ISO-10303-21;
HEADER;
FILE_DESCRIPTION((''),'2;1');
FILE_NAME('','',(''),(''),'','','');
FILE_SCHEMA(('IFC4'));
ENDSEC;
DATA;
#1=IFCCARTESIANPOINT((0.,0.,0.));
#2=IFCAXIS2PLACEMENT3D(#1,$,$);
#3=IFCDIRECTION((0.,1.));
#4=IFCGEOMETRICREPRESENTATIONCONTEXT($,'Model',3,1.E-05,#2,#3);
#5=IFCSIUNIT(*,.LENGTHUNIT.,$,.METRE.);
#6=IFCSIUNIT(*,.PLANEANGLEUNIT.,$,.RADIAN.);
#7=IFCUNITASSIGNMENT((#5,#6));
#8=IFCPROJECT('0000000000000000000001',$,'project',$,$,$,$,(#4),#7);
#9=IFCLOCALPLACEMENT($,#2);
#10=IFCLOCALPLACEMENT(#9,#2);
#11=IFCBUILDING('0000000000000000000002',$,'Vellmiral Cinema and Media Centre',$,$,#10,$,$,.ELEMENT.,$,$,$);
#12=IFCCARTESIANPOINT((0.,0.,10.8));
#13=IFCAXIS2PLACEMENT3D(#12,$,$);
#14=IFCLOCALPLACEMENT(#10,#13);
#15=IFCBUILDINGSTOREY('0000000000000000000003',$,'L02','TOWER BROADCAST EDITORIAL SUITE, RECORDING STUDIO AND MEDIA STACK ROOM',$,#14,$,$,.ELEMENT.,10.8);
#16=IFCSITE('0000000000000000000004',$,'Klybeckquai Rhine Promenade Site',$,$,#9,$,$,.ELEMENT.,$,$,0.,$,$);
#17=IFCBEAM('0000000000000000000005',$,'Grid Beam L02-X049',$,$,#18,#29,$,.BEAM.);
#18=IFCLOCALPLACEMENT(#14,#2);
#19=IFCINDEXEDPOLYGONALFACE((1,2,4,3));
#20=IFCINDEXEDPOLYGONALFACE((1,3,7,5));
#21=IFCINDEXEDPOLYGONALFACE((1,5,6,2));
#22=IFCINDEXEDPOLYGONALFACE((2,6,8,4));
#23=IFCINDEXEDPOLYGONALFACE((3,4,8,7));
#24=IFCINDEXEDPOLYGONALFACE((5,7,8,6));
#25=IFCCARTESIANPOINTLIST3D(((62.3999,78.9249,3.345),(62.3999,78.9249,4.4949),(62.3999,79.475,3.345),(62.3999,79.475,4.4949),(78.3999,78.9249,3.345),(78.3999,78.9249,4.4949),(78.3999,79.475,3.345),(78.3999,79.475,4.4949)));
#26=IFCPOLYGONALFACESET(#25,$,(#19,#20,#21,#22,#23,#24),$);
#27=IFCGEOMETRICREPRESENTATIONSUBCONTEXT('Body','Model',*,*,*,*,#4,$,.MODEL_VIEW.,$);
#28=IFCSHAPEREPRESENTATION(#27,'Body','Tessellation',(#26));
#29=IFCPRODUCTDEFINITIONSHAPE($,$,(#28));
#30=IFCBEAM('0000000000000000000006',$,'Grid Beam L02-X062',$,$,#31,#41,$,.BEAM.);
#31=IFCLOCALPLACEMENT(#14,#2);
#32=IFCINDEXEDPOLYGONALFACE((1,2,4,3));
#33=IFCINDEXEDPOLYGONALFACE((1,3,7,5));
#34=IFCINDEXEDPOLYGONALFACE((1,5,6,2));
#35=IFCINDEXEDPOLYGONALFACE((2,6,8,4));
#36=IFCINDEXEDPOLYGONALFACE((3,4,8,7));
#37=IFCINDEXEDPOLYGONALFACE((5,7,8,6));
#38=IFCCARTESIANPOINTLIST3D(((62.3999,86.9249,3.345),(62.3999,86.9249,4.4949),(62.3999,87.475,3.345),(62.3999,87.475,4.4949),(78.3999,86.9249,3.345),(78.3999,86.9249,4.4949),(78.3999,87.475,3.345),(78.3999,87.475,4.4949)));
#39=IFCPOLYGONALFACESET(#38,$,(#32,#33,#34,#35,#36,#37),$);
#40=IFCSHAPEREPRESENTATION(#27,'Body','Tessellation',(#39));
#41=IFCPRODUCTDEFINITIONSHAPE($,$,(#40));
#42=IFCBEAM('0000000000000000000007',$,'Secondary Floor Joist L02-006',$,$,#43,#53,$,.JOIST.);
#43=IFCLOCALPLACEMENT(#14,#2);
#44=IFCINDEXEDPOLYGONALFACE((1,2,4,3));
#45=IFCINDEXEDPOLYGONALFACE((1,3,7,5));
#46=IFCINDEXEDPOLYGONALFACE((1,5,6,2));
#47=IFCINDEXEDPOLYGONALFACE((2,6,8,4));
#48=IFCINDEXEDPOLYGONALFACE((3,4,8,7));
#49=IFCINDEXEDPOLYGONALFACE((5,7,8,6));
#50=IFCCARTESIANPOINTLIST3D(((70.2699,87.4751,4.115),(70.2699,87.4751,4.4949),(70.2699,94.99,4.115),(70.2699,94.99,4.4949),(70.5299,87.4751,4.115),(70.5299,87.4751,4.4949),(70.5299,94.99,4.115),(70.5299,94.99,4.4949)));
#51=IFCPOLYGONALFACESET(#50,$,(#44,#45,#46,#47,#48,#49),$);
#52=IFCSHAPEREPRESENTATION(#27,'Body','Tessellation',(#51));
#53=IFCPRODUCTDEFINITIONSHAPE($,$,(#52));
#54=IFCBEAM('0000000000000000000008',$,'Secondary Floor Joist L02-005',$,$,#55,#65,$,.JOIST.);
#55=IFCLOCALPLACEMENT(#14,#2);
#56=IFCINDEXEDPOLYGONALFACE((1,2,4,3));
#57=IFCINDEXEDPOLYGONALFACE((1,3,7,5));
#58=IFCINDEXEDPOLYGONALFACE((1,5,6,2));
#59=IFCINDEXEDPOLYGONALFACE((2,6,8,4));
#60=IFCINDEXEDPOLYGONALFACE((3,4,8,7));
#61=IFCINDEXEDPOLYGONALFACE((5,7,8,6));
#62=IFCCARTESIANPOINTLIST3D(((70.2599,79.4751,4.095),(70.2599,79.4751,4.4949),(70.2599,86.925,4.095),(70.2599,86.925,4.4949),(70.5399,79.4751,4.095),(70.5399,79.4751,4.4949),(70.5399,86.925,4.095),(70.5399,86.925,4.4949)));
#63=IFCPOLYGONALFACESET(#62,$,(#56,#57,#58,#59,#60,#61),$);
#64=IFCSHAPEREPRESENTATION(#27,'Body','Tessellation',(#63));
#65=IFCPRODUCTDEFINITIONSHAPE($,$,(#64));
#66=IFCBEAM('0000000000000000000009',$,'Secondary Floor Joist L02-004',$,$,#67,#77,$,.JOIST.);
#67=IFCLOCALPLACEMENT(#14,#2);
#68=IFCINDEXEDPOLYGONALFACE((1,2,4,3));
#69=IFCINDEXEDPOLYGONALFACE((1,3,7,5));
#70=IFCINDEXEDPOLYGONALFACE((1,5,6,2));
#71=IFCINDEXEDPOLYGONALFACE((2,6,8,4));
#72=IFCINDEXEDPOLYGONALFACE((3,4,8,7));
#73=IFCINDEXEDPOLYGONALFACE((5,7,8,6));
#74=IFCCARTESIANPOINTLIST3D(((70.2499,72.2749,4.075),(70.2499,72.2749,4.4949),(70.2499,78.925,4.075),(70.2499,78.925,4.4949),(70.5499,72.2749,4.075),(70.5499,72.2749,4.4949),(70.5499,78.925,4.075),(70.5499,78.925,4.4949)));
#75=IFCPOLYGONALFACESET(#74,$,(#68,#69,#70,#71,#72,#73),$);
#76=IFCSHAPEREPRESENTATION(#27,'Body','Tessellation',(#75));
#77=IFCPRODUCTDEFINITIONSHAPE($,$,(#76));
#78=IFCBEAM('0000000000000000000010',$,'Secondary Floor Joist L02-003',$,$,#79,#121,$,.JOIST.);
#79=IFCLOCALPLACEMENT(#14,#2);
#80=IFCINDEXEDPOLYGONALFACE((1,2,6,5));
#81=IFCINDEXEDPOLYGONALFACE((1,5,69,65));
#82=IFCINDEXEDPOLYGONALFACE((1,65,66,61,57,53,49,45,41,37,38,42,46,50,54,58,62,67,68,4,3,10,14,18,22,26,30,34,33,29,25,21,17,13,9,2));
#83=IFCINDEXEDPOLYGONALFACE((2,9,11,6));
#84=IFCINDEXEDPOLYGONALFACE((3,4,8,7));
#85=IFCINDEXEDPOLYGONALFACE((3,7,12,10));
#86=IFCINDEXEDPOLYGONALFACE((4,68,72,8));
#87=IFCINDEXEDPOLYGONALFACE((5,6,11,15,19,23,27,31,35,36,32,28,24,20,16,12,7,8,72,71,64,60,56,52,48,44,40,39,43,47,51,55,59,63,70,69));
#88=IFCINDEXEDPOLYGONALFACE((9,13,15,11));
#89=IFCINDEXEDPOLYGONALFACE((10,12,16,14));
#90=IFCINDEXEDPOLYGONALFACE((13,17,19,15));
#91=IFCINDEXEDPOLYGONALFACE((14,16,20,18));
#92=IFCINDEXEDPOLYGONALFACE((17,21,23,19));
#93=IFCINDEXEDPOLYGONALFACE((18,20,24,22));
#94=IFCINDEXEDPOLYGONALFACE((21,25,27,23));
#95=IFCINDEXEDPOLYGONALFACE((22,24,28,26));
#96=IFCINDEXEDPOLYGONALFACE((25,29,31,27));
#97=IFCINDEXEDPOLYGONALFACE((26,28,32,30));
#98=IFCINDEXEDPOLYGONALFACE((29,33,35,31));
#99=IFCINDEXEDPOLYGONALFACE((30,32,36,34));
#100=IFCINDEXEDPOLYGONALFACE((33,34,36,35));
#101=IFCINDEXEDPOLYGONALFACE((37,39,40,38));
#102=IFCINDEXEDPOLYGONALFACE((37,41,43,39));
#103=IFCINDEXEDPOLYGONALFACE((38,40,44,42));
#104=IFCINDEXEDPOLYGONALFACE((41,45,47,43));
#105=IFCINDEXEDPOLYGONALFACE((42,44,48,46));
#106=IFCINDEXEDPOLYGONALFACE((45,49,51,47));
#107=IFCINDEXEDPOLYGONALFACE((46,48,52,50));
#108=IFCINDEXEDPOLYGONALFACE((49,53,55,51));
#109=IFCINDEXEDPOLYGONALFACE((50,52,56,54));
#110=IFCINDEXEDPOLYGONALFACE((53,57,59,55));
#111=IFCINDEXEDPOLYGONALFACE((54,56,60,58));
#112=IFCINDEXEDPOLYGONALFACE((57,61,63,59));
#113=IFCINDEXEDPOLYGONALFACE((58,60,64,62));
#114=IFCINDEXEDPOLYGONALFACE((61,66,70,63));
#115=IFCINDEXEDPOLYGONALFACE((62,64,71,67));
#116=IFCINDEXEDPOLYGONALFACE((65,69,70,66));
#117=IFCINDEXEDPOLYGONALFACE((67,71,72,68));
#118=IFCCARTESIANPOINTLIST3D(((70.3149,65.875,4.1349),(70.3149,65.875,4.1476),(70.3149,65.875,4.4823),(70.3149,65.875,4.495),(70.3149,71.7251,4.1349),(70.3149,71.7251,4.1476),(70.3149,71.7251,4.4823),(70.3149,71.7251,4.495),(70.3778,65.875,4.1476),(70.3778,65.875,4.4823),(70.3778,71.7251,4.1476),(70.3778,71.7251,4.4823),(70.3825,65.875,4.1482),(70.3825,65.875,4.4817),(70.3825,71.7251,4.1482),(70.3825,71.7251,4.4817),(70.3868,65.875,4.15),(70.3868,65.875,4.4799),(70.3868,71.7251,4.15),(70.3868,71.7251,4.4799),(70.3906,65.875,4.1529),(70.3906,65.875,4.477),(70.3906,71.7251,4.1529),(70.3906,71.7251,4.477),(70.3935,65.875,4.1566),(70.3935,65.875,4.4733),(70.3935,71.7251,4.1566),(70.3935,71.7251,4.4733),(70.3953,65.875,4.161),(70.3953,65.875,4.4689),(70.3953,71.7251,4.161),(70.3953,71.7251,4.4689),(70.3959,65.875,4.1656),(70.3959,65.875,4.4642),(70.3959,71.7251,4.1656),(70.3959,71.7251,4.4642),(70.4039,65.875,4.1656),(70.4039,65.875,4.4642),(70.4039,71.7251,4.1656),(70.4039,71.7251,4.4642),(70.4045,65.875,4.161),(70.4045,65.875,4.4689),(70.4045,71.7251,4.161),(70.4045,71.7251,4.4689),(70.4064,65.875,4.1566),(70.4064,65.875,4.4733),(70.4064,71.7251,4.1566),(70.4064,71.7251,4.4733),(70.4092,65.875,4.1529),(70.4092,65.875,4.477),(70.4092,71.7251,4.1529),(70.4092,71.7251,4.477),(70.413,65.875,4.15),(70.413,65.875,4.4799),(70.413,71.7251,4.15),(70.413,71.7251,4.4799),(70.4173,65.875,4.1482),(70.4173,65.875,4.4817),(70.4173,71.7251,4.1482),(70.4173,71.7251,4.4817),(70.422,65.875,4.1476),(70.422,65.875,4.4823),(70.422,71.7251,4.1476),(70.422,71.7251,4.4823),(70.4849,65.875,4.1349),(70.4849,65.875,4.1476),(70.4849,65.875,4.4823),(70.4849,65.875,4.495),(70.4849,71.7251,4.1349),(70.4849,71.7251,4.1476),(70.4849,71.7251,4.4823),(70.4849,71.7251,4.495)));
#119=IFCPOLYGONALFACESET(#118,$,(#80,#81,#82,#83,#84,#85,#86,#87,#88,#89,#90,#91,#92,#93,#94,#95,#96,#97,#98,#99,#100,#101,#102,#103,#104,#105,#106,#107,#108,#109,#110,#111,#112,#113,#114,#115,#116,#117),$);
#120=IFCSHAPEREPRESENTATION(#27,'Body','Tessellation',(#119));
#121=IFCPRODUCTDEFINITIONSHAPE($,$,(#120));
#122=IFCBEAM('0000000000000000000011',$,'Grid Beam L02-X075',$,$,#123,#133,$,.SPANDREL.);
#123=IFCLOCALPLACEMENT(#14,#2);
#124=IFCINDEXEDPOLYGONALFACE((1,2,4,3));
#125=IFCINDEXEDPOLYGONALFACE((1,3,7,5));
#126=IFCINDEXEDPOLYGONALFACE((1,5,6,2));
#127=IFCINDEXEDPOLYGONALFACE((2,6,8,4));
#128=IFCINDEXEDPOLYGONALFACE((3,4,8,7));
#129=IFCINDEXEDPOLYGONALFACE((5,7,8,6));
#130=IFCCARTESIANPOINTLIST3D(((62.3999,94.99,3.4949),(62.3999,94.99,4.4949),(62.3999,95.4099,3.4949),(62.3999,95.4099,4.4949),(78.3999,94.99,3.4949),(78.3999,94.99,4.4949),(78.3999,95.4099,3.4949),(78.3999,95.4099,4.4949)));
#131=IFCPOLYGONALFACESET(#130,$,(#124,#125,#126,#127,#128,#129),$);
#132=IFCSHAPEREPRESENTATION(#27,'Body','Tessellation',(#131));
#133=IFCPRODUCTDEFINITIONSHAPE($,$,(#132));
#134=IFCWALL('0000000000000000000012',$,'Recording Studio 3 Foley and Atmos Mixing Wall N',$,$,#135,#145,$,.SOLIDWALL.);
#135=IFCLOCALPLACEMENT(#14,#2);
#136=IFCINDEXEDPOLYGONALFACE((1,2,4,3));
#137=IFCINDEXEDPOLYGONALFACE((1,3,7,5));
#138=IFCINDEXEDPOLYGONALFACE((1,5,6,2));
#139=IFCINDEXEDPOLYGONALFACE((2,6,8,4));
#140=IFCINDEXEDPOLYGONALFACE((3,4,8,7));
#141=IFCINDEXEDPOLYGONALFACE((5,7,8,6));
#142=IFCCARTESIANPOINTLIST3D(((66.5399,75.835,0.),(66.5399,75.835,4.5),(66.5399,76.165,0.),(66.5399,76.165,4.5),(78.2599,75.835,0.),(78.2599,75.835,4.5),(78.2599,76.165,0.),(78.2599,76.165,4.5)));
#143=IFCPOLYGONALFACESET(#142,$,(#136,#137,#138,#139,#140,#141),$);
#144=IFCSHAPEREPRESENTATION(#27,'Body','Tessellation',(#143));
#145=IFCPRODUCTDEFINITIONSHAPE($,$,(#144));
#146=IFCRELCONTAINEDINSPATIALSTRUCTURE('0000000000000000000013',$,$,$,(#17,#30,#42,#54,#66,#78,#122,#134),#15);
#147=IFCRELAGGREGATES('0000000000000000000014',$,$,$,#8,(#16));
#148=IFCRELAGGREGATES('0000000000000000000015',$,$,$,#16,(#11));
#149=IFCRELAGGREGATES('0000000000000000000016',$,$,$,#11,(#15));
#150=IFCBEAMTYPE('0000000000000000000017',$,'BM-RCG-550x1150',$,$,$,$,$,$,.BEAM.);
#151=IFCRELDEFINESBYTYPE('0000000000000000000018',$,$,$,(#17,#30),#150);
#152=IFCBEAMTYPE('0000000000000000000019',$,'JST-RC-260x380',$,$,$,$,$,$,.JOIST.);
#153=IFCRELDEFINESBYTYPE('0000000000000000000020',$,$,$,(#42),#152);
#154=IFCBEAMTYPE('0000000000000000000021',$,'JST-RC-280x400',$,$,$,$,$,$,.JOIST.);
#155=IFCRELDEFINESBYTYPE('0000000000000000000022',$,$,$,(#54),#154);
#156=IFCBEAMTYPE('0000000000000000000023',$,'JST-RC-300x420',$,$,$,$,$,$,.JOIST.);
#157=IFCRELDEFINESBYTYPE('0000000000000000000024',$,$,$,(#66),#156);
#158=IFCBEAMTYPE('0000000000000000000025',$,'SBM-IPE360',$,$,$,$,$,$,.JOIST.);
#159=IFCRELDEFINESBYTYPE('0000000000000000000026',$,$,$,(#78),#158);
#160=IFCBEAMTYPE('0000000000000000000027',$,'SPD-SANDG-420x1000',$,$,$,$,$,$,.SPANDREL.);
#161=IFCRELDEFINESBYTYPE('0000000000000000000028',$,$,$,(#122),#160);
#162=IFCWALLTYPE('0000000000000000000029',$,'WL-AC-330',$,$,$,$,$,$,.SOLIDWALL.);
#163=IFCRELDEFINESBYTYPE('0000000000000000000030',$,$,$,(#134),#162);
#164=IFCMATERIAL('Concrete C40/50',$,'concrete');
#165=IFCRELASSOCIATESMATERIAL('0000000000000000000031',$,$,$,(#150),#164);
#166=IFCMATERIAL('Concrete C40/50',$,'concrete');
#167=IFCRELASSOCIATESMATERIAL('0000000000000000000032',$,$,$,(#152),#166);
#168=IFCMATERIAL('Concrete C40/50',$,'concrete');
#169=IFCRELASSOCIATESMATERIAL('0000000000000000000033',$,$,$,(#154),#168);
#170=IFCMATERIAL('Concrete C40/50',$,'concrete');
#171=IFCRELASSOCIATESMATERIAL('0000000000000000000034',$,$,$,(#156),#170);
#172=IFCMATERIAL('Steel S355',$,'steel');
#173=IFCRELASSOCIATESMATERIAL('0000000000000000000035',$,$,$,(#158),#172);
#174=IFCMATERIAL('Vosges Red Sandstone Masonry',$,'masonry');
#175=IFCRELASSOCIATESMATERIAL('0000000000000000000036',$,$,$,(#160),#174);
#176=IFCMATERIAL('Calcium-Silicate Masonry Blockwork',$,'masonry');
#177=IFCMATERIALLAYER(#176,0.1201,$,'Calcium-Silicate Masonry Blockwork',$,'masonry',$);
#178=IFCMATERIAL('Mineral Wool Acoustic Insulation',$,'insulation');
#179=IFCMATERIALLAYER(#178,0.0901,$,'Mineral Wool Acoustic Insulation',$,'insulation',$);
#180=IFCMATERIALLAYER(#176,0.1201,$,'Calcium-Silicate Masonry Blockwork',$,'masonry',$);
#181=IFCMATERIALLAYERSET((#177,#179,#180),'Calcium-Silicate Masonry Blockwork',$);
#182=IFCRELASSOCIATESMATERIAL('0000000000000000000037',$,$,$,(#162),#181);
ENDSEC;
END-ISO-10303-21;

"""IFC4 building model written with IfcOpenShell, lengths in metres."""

from ifc_helpers import new_model, si_unit, direction, frame, frame_2d, origin, origin_2d, place, context, subcontext, project, spatial, rectangle, i_section, extrude, material, layer, layer_set, material_profile, profile_set, type_object, element, save


model = new_model("IFC4")

# Units and contexts
model_context = context("Model", 3, precision=1e-05, world=origin(), true_north=direction((0.0, 1.0)))
body_context = subcontext(model_context, "Body", "Model", "MODEL_VIEW")
ifc_project = project(units=[si_unit("LENGTHUNIT", "METRE"), si_unit("PLANEANGLEUNIT", "RADIAN")], contexts=[model_context])

# Site, building, storey
site_placement = place(None, origin())
site = spatial("IfcSite", under=ifc_project, at=site_placement, Name="Klybeckquai Rhine Promenade Site", CompositionType="ELEMENT", RefElevation=0.0)
building_placement = place(site_placement, origin())
building = spatial("IfcBuilding", under=site, at=building_placement, Name="Vellmiral Cinema and Media Centre", CompositionType="ELEMENT")
storey_placement = place(building_placement, frame((0.0, 0.0, 10.8)))
storey = spatial("IfcBuildingStorey", under=building, at=storey_placement, Name="L02", Description="TOWER BROADCAST EDITORIAL SUITE, RECORDING STUDIO AND MEDIA STACK ROOM", CompositionType="ELEMENT", Elevation=10.8)

# Beams
ifc_material_1 = material(Name="Concrete C40/50", Category="concrete")
ifc_material_profile_1 = material_profile(ifc_material_1, rectangle(XDim=0.55, YDim=1.1499, at=origin_2d()), Name="RC 550x1150")
ifc_profile_set_1 = profile_set([ifc_material_profile_1], Name="Concrete C40/50")
beam_type_1 = type_object("IfcBeamType", Name="BM-RCG-550x1150", PredefinedType="BEAM", material=ifc_profile_set_1)
for number, where, z_axis, x_axis, name in (
    (1, (62.3999, 79.2, 3.9199), (1.0, 0.0, 0.0), (0.0, 1.0, 0.0), "Grid Beam L02-X049"),
    (2, (62.3999, 87.2, 3.9199), (1.0, 0.0, 0.0), (0.0, 1.0, 0.0), "Grid Beam L02-X062"),
):
    element("IfcBeam", number, at=place(storey_placement, frame(where, z_axis=z_axis, x_axis=x_axis)), inside=storey, type_object=beam_type_1, Name=name, PredefinedType="BEAM", context=body_context, shape_type="SweptSolid", body=[
        extrude(rectangle(XDim=0.55, YDim=1.1499, at=origin_2d()), origin(), (0.0, 0.0, 1.0), 16.0),
    ])
ifc_material_2 = material(Name="Concrete C40/50", Category="concrete")
ifc_material_profile_2 = material_profile(ifc_material_2, rectangle(XDim=0.26, YDim=0.3799, at=origin_2d()), Name="RC 260x380")
ifc_profile_set_2 = profile_set([ifc_material_profile_2], Name="Concrete C40/50")
beam_type_2 = type_object("IfcBeamType", Name="JST-RC-260x380", PredefinedType="JOIST", material=ifc_profile_set_2)
beam_1_placement = place(storey_placement, frame((70.3999, 87.4751, 4.3049), z_axis=(0.0, 1.0, 0.0), x_axis=(-1.0, 0.0, 0.0)))
element("IfcBeam", 3, at=beam_1_placement, inside=storey, type_object=beam_type_2, Name="Secondary Floor Joist L02-006", PredefinedType="JOIST", context=body_context, shape_type="SweptSolid", body=[
    extrude(rectangle(XDim=0.26, YDim=0.3799, at=origin_2d()), origin(), (0.0, 0.0, 1.0), 7.5149),
])
ifc_material_3 = material(Name="Concrete C40/50", Category="concrete")
ifc_material_profile_3 = material_profile(ifc_material_3, rectangle(XDim=0.28, YDim=0.3999, at=origin_2d()), Name="RC 280x400")
ifc_profile_set_3 = profile_set([ifc_material_profile_3], Name="Concrete C40/50")
beam_type_3 = type_object("IfcBeamType", Name="JST-RC-280x400", PredefinedType="JOIST", material=ifc_profile_set_3)
beam_2_placement = place(storey_placement, frame((70.3999, 79.4751, 4.2949), z_axis=(0.0, 1.0, 0.0), x_axis=(-1.0, 0.0, 0.0)))
element("IfcBeam", 4, at=beam_2_placement, inside=storey, type_object=beam_type_3, Name="Secondary Floor Joist L02-005", PredefinedType="JOIST", context=body_context, shape_type="SweptSolid", body=[
    extrude(rectangle(XDim=0.28, YDim=0.3999, at=origin_2d()), origin(), (0.0, 0.0, 1.0), 7.45),
])
ifc_material_4 = material(Name="Concrete C40/50", Category="concrete")
ifc_material_profile_4 = material_profile(ifc_material_4, rectangle(XDim=0.3, YDim=0.4199, at=origin_2d()), Name="RC 300x420")
ifc_profile_set_4 = profile_set([ifc_material_profile_4], Name="Concrete C40/50")
beam_type_4 = type_object("IfcBeamType", Name="JST-RC-300x420", PredefinedType="JOIST", material=ifc_profile_set_4)
beam_3_placement = place(storey_placement, frame((70.3999, 72.2749, 4.2849), z_axis=(0.0, 1.0, 0.0), x_axis=(-1.0, 0.0, 0.0)))
element("IfcBeam", 5, at=beam_3_placement, inside=storey, type_object=beam_type_4, Name="Secondary Floor Joist L02-004", PredefinedType="JOIST", context=body_context, shape_type="SweptSolid", body=[
    extrude(rectangle(XDim=0.3, YDim=0.4199, at=origin_2d()), origin(), (0.0, 0.0, 1.0), 6.6501),
])
ifc_material_5 = material(Name="Steel S355", Category="steel")
ifc_material_profile_5 = material_profile(ifc_material_5, i_section(OverallWidth=0.1699, OverallDepth=0.3601, WebThickness=0.0081, FlangeThickness=0.0127, FilletRadius=0.0181, at=origin_2d()), Name="IPE 360")
ifc_profile_set_5 = profile_set([ifc_material_profile_5], Name="Steel S355")
beam_type_5 = type_object("IfcBeamType", Name="SBM-IPE360", PredefinedType="JOIST", material=ifc_profile_set_5)
beam_4_placement = place(storey_placement, frame((70.3999, 65.875, 4.3149), z_axis=(0.0, 1.0, 0.0), x_axis=(-1.0, 0.0, 0.0)))
element("IfcBeam", 6, at=beam_4_placement, inside=storey, type_object=beam_type_5, Name="Secondary Floor Joist L02-003", PredefinedType="JOIST", context=body_context, shape_type="SweptSolid", body=[
    extrude(i_section(OverallWidth=0.1699, OverallDepth=0.3601, WebThickness=0.0081, FlangeThickness=0.0127, FilletRadius=0.0181, at=origin_2d()), origin(), (0.0, 0.0, 1.0), 5.8501),
])
ifc_material_6 = material(Name="Vosges Red Sandstone Masonry", Category="masonry")
ifc_material_profile_6 = material_profile(ifc_material_6, rectangle(XDim=0.4199, YDim=1.0, at=origin_2d()), Name="SAND 420x1000")
ifc_profile_set_6 = profile_set([ifc_material_profile_6], Name="Vosges Red Sandstone Masonry")
beam_type_6 = type_object("IfcBeamType", Name="SPD-SANDG-420x1000", PredefinedType="SPANDREL", material=ifc_profile_set_6)
beam_5_placement = place(storey_placement, frame((62.3999, 95.2, 3.9949), z_axis=(1.0, 0.0, 0.0), x_axis=(0.0, 1.0, 0.0)))
element("IfcBeam", 7, at=beam_5_placement, inside=storey, type_object=beam_type_6, Name="Grid Beam L02-X075", PredefinedType="SPANDREL", context=body_context, shape_type="SweptSolid", body=[
    extrude(rectangle(XDim=0.4199, YDim=1.0, at=origin_2d()), origin(), (0.0, 0.0, 1.0), 16.0),
])

# Wall
ifc_material_7 = material(Name="Calcium-Silicate Masonry Blockwork", Category="masonry")
ifc_layer_1 = layer(ifc_material_7, 0.1201, Name="Calcium-Silicate Masonry Blockwork", Category="masonry")
ifc_material_8 = material(Name="Mineral Wool Acoustic Insulation", Category="insulation")
ifc_layer_2 = layer(ifc_material_8, 0.0901, Name="Mineral Wool Acoustic Insulation", Category="insulation")
ifc_layer_3 = layer(ifc_material_7, 0.1201, Name="Calcium-Silicate Masonry Blockwork", Category="masonry")
ifc_layer_set_1 = layer_set([ifc_layer_1, ifc_layer_2, ifc_layer_3], Name="Calcium-Silicate Masonry Blockwork")
wall_type_1 = type_object("IfcWallType", Name="WL-AC-330", PredefinedType="SOLIDWALL", material=ifc_layer_set_1)
wall_1_placement = place(storey_placement, frame((66.54, 76.0, 0.0), z_axis=(0.0, 0.0, 1.0), x_axis=(1.0, 0.0, 0.0)))
element("IfcWall", 8, at=wall_1_placement, inside=storey, type_object=wall_type_1, Name="Recording Studio 3 Foley and Atmos Mixing Wall N", PredefinedType="SOLIDWALL", context=body_context, shape_type="SweptSolid", body=[
    extrude(rectangle(XDim=11.72, YDim=0.3301, at=frame_2d((5.8599, 0.0))), origin(), (0.0, 0.0, 1.0), 4.5),
])

save(model, "model.ifc")
